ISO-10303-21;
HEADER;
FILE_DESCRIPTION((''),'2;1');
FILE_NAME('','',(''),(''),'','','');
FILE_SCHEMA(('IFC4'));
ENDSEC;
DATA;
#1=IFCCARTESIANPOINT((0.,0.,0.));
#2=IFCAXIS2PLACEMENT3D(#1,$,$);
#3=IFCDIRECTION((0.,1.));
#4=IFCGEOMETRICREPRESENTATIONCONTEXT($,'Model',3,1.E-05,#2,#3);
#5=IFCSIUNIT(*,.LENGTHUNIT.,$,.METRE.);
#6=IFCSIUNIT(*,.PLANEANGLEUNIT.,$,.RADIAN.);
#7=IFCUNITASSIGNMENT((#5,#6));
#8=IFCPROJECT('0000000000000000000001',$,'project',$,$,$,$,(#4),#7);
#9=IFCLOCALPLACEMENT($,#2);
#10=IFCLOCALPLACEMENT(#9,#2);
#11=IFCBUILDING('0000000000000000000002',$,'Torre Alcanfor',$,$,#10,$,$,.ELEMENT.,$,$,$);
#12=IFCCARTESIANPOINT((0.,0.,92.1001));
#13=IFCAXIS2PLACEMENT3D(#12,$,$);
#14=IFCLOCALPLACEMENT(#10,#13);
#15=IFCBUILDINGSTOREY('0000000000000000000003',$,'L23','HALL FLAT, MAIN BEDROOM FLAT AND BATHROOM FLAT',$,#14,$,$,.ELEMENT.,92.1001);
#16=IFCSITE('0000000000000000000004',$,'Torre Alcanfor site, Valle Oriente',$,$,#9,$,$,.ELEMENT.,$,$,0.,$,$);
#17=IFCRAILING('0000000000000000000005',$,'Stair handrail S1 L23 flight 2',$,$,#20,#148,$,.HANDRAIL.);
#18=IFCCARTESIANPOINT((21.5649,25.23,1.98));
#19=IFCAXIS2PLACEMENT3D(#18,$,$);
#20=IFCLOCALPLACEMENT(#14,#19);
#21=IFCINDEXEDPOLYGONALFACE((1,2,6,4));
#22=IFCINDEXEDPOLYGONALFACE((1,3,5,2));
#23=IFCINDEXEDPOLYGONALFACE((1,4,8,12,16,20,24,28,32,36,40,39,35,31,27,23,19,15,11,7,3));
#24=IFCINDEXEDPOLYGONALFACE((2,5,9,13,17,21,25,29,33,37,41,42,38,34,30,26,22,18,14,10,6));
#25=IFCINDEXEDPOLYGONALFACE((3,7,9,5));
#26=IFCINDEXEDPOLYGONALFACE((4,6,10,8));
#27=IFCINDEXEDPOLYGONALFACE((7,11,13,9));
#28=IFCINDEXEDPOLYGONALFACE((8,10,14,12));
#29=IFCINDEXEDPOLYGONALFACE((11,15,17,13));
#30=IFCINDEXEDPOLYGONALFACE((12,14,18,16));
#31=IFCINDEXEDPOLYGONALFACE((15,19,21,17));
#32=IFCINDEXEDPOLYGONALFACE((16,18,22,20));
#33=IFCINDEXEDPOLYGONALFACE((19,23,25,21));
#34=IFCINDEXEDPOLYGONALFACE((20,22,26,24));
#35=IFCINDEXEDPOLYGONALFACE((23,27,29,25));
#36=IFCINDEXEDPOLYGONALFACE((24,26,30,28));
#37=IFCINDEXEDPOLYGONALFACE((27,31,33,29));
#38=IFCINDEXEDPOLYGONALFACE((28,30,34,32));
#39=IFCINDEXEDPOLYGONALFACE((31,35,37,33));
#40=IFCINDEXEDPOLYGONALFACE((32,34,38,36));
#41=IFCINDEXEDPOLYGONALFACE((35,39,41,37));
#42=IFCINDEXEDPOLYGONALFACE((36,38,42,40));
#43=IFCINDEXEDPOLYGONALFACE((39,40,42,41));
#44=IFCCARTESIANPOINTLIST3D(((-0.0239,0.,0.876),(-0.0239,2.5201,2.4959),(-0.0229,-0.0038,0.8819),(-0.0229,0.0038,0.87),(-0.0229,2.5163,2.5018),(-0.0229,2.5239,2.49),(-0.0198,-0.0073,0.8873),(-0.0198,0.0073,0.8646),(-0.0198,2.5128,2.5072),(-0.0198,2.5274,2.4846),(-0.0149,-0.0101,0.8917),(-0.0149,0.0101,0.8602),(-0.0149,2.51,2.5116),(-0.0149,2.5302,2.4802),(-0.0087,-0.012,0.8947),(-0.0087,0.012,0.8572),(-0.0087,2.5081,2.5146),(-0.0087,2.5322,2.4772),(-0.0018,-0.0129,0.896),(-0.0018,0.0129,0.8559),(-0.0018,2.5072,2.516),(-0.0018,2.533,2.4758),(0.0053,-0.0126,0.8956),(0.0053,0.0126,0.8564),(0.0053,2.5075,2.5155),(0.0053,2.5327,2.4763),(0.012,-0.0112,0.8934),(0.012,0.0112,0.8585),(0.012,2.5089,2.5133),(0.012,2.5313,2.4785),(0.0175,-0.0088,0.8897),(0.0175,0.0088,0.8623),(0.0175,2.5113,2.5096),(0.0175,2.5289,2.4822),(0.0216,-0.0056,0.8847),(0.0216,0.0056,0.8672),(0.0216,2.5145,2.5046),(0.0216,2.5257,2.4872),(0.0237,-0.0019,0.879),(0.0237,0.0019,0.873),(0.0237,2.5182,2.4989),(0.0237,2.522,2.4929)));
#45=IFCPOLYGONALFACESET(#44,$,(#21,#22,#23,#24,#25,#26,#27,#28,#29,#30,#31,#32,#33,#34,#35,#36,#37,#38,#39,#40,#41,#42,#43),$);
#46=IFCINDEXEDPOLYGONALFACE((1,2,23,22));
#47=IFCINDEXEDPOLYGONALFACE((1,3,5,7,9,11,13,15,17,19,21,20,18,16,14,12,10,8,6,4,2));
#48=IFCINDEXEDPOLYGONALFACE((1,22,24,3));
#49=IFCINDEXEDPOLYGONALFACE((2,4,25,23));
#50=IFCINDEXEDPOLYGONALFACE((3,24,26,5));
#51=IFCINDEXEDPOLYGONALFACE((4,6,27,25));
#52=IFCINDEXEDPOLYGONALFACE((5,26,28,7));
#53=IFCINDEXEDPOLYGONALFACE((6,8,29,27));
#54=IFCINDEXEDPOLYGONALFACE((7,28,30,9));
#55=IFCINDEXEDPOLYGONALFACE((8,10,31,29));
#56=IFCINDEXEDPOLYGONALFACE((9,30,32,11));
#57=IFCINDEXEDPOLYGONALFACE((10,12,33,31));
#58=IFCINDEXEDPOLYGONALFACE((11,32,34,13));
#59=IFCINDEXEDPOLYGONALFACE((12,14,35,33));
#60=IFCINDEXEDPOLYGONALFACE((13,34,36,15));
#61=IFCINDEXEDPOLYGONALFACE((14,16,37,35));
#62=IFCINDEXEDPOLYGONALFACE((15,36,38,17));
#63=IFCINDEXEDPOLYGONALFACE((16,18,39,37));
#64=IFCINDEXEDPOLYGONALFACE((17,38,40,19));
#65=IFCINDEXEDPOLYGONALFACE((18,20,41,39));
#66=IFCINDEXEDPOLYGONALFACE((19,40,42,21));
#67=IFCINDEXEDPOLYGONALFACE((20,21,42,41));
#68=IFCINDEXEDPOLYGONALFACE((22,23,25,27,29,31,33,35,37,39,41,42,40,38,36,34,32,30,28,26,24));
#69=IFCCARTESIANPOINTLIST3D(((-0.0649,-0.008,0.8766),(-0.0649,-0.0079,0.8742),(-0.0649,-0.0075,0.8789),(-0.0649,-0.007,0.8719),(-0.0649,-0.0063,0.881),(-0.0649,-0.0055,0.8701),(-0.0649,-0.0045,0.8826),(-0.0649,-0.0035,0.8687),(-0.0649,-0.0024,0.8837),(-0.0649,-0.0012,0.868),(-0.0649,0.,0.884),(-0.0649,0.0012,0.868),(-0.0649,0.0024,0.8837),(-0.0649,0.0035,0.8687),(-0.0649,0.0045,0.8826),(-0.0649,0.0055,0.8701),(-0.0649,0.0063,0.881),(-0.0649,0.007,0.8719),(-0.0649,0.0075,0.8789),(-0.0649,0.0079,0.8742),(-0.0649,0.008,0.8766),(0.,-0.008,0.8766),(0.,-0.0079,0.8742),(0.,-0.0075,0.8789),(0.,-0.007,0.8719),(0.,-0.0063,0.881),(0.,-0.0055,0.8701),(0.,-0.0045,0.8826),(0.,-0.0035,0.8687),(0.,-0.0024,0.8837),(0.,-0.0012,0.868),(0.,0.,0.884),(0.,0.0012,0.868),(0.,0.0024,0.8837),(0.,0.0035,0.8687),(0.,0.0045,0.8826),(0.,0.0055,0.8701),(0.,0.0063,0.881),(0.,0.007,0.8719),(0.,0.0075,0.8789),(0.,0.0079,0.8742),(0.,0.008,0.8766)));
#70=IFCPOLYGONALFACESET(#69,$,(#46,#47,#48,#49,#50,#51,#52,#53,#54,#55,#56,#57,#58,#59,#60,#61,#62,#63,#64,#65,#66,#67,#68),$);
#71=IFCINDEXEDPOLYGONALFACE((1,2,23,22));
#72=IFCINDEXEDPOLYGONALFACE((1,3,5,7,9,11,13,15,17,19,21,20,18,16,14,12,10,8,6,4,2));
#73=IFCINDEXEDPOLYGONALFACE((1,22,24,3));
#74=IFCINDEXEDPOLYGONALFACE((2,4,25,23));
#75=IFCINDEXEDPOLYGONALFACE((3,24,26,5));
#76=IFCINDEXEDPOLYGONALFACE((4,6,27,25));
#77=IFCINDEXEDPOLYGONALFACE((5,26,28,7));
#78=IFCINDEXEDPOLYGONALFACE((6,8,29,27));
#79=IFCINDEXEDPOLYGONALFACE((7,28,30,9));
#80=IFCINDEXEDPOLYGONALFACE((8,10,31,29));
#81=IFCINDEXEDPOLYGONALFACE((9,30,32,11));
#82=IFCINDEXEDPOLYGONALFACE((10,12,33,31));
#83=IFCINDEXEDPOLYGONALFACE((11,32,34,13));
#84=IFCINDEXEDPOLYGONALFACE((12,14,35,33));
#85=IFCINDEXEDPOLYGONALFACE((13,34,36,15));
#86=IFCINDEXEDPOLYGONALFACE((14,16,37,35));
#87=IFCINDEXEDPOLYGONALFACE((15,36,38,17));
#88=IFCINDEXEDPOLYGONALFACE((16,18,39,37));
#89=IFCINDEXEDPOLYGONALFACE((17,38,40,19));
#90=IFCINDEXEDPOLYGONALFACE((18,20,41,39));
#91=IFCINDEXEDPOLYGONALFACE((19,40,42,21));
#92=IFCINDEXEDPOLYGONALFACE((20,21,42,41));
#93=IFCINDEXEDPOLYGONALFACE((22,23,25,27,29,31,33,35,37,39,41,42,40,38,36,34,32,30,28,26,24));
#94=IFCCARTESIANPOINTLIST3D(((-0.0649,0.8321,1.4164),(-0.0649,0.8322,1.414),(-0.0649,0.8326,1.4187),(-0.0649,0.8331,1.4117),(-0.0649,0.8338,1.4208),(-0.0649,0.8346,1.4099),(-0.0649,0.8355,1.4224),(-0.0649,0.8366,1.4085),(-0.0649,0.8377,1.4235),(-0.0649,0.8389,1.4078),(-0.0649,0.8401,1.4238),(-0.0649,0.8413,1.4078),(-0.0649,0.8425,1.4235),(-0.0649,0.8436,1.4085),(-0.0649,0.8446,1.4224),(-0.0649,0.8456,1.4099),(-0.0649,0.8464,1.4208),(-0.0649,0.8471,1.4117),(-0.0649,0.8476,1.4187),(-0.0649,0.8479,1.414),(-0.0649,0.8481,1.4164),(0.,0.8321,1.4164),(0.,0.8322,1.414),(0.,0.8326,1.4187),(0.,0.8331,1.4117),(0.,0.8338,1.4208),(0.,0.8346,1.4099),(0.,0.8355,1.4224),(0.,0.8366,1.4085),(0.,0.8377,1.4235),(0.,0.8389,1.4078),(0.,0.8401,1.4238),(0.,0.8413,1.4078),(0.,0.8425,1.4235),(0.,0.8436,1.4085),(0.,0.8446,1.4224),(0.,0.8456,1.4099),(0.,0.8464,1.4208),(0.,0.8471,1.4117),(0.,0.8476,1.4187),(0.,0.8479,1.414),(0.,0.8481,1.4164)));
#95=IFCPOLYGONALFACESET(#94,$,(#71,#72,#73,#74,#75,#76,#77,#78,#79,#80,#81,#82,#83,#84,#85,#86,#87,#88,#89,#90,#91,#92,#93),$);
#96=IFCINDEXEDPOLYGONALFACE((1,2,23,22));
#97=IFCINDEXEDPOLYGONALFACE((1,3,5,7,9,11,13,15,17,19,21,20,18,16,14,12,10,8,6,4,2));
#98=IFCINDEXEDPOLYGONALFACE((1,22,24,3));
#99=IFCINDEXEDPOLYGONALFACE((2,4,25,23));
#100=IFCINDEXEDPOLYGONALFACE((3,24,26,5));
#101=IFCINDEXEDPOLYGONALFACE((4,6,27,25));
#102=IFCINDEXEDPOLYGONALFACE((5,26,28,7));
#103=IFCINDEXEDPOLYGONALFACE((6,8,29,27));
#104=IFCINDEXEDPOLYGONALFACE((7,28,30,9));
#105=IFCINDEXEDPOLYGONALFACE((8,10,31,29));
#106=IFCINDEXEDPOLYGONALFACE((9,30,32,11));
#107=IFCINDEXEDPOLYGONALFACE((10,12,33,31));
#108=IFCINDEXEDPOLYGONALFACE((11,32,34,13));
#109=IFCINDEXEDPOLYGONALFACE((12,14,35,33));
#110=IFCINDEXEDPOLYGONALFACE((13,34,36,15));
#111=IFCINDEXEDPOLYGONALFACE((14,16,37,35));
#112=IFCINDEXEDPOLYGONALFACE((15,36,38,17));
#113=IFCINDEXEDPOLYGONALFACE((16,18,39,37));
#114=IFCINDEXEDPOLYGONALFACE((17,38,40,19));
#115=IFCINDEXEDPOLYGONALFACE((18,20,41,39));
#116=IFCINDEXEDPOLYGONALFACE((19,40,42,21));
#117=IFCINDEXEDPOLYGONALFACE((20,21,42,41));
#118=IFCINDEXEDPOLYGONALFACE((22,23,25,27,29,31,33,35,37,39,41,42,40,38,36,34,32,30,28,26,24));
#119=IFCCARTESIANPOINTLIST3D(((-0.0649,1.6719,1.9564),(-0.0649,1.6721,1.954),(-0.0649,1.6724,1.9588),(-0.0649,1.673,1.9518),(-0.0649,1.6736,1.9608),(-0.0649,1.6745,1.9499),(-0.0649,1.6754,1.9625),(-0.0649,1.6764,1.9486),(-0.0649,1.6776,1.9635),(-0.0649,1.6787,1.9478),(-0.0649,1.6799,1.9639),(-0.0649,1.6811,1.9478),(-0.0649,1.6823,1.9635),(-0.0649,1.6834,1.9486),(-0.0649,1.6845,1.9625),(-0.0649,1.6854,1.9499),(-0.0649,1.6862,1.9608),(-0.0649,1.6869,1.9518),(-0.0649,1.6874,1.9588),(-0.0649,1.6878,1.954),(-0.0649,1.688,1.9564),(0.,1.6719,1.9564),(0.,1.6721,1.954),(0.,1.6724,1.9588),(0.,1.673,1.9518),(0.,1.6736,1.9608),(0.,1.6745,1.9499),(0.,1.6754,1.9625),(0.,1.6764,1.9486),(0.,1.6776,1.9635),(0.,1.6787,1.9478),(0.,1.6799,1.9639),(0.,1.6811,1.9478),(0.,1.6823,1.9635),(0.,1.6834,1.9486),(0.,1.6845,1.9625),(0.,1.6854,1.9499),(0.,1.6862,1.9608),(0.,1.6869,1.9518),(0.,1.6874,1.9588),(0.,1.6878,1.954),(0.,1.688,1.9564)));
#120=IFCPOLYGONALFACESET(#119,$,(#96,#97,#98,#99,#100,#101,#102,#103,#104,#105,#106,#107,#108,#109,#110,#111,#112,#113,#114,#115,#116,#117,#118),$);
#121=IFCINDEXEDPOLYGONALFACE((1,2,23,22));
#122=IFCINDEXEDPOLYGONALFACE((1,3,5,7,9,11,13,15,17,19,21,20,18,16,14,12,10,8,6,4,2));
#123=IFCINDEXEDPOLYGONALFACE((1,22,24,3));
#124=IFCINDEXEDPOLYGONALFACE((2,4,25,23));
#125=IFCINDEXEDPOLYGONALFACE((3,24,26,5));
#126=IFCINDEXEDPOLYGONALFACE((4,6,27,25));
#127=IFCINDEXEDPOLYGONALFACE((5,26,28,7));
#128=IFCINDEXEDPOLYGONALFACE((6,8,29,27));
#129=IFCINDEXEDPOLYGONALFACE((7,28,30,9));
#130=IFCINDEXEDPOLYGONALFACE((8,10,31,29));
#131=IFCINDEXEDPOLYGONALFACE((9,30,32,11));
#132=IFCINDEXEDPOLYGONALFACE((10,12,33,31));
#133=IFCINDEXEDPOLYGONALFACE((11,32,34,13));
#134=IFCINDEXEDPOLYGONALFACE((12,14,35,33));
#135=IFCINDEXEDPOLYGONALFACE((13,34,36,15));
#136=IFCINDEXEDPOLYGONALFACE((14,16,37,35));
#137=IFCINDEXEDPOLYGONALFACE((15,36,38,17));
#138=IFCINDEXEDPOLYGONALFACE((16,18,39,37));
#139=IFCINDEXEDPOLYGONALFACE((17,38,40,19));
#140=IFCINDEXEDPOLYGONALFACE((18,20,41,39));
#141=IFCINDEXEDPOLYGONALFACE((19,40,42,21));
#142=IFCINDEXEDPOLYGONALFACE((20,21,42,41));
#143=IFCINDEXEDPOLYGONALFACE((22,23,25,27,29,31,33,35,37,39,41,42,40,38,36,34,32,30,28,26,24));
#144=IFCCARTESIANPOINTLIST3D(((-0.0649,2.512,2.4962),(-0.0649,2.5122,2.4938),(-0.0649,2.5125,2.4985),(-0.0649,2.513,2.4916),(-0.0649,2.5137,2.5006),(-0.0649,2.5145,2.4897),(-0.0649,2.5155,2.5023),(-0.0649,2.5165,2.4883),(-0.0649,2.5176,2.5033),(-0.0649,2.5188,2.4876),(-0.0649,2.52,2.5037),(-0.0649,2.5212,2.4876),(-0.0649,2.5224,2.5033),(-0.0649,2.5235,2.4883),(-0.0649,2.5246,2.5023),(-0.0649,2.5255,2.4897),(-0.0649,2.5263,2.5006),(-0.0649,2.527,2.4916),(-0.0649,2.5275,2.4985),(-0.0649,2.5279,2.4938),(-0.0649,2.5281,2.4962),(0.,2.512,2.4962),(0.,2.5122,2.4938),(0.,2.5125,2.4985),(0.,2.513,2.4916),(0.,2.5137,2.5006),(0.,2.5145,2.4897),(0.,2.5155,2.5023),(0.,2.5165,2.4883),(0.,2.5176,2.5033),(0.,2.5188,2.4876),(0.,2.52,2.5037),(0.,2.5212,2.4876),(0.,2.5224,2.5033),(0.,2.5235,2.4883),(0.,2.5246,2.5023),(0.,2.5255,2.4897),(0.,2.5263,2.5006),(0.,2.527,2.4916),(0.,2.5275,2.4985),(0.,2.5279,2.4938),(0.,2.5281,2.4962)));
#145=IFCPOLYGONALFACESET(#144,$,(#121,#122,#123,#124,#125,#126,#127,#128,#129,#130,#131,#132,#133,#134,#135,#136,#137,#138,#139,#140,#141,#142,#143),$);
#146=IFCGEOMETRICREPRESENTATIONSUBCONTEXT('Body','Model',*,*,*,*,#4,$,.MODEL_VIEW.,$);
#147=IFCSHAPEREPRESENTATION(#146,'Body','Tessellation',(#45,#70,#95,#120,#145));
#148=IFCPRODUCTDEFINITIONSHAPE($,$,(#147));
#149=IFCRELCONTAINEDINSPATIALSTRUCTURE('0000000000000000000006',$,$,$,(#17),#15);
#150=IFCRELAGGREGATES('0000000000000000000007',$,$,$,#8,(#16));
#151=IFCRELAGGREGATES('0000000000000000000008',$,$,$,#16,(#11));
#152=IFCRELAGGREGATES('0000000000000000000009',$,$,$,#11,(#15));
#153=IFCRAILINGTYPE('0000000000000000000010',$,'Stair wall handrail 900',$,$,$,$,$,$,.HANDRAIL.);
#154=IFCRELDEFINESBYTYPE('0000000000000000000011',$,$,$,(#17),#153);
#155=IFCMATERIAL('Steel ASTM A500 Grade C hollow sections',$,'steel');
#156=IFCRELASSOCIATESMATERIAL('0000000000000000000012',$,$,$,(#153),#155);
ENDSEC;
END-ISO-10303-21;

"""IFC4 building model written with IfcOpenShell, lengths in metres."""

from ifc_helpers import new_model, si_unit, direction, frame, origin, origin_2d, place, context, subcontext, project, spatial, circle, extrude, material, type_object, element, save


model = new_model("IFC4")

# Units and contexts
model_context = context("Model", 3, precision=1e-05, world=origin(), true_north=direction((0.0, 1.0)))
body_context = subcontext(model_context, "Body", "Model", "MODEL_VIEW")
ifc_project = project(units=[si_unit("LENGTHUNIT", "METRE"), si_unit("PLANEANGLEUNIT", "RADIAN")], contexts=[model_context])

# Site, building, storey
site_placement = place(None, origin())
site = spatial("IfcSite", under=ifc_project, at=site_placement, Name="Torre Alcanfor site, Valle Oriente", CompositionType="ELEMENT", RefElevation=0.0)
building_placement = place(site_placement, origin())
building = spatial("IfcBuilding", under=site, at=building_placement, Name="Torre Alcanfor", CompositionType="ELEMENT")
storey_placement = place(building_placement, frame((0.0, 0.0, 92.1001)))
storey = spatial("IfcBuildingStorey", under=building, at=storey_placement, Name="L23", Description="HALL FLAT, MAIN BEDROOM FLAT AND BATHROOM FLAT", CompositionType="ELEMENT", Elevation=92.1001)

# Railing
ifc_material_1 = material(Name="Steel ASTM A500 Grade C hollow sections", Category="steel")
railing_type_1 = type_object("IfcRailingType", Name="Stair wall handrail 900", PredefinedType="HANDRAIL", material=ifc_material_1)
railing_1_placement = place(storey_placement, frame((21.5649, 25.23, 1.98)))
element("IfcRailing", 1, at=railing_1_placement, inside=storey, type_object=railing_type_1, Name="Stair handrail S1 L23 flight 2", PredefinedType="HANDRAIL", context=body_context, shape_type="SweptSolid", body=[
    extrude(circle(Radius=0.0239, at=origin_2d()), frame((0.0, 0.0, 0.876), z_axis=(0.0, 0.8412, 0.540725), x_axis=(-1.0, 0.0, 0.0)), (0.0, 0.0, 1.0), 2.9958),
    extrude(circle(Radius=0.0081, at=origin_2d()), frame((0.0, 0.0, 0.876), z_axis=(-1.0, 0.0, 0.0), x_axis=(0.0, 0.0, 1.0)), (0.0, 0.0, 1.0), 0.0649),
    extrude(circle(Radius=0.0081, at=origin_2d()), frame((0.0, 0.8401, 1.4158), z_axis=(-1.0, 0.0, 0.0), x_axis=(0.0, 0.0, 1.0)), (0.0, 0.0, 1.0), 0.0649),
    extrude(circle(Radius=0.0081, at=origin_2d()), frame((0.0, 1.6799, 1.9558), z_axis=(-1.0, 0.0, 0.0), x_axis=(0.0, 0.0, 1.0)), (0.0, 0.0, 1.0), 0.0649),
    extrude(circle(Radius=0.0081, at=origin_2d()), frame((0.0, 2.52, 2.4956), z_axis=(-1.0, 0.0, 0.0), x_axis=(0.0, 0.0, 1.0)), (0.0, 0.0, 1.0), 0.0649),
])

save(model, "model.ifc")
